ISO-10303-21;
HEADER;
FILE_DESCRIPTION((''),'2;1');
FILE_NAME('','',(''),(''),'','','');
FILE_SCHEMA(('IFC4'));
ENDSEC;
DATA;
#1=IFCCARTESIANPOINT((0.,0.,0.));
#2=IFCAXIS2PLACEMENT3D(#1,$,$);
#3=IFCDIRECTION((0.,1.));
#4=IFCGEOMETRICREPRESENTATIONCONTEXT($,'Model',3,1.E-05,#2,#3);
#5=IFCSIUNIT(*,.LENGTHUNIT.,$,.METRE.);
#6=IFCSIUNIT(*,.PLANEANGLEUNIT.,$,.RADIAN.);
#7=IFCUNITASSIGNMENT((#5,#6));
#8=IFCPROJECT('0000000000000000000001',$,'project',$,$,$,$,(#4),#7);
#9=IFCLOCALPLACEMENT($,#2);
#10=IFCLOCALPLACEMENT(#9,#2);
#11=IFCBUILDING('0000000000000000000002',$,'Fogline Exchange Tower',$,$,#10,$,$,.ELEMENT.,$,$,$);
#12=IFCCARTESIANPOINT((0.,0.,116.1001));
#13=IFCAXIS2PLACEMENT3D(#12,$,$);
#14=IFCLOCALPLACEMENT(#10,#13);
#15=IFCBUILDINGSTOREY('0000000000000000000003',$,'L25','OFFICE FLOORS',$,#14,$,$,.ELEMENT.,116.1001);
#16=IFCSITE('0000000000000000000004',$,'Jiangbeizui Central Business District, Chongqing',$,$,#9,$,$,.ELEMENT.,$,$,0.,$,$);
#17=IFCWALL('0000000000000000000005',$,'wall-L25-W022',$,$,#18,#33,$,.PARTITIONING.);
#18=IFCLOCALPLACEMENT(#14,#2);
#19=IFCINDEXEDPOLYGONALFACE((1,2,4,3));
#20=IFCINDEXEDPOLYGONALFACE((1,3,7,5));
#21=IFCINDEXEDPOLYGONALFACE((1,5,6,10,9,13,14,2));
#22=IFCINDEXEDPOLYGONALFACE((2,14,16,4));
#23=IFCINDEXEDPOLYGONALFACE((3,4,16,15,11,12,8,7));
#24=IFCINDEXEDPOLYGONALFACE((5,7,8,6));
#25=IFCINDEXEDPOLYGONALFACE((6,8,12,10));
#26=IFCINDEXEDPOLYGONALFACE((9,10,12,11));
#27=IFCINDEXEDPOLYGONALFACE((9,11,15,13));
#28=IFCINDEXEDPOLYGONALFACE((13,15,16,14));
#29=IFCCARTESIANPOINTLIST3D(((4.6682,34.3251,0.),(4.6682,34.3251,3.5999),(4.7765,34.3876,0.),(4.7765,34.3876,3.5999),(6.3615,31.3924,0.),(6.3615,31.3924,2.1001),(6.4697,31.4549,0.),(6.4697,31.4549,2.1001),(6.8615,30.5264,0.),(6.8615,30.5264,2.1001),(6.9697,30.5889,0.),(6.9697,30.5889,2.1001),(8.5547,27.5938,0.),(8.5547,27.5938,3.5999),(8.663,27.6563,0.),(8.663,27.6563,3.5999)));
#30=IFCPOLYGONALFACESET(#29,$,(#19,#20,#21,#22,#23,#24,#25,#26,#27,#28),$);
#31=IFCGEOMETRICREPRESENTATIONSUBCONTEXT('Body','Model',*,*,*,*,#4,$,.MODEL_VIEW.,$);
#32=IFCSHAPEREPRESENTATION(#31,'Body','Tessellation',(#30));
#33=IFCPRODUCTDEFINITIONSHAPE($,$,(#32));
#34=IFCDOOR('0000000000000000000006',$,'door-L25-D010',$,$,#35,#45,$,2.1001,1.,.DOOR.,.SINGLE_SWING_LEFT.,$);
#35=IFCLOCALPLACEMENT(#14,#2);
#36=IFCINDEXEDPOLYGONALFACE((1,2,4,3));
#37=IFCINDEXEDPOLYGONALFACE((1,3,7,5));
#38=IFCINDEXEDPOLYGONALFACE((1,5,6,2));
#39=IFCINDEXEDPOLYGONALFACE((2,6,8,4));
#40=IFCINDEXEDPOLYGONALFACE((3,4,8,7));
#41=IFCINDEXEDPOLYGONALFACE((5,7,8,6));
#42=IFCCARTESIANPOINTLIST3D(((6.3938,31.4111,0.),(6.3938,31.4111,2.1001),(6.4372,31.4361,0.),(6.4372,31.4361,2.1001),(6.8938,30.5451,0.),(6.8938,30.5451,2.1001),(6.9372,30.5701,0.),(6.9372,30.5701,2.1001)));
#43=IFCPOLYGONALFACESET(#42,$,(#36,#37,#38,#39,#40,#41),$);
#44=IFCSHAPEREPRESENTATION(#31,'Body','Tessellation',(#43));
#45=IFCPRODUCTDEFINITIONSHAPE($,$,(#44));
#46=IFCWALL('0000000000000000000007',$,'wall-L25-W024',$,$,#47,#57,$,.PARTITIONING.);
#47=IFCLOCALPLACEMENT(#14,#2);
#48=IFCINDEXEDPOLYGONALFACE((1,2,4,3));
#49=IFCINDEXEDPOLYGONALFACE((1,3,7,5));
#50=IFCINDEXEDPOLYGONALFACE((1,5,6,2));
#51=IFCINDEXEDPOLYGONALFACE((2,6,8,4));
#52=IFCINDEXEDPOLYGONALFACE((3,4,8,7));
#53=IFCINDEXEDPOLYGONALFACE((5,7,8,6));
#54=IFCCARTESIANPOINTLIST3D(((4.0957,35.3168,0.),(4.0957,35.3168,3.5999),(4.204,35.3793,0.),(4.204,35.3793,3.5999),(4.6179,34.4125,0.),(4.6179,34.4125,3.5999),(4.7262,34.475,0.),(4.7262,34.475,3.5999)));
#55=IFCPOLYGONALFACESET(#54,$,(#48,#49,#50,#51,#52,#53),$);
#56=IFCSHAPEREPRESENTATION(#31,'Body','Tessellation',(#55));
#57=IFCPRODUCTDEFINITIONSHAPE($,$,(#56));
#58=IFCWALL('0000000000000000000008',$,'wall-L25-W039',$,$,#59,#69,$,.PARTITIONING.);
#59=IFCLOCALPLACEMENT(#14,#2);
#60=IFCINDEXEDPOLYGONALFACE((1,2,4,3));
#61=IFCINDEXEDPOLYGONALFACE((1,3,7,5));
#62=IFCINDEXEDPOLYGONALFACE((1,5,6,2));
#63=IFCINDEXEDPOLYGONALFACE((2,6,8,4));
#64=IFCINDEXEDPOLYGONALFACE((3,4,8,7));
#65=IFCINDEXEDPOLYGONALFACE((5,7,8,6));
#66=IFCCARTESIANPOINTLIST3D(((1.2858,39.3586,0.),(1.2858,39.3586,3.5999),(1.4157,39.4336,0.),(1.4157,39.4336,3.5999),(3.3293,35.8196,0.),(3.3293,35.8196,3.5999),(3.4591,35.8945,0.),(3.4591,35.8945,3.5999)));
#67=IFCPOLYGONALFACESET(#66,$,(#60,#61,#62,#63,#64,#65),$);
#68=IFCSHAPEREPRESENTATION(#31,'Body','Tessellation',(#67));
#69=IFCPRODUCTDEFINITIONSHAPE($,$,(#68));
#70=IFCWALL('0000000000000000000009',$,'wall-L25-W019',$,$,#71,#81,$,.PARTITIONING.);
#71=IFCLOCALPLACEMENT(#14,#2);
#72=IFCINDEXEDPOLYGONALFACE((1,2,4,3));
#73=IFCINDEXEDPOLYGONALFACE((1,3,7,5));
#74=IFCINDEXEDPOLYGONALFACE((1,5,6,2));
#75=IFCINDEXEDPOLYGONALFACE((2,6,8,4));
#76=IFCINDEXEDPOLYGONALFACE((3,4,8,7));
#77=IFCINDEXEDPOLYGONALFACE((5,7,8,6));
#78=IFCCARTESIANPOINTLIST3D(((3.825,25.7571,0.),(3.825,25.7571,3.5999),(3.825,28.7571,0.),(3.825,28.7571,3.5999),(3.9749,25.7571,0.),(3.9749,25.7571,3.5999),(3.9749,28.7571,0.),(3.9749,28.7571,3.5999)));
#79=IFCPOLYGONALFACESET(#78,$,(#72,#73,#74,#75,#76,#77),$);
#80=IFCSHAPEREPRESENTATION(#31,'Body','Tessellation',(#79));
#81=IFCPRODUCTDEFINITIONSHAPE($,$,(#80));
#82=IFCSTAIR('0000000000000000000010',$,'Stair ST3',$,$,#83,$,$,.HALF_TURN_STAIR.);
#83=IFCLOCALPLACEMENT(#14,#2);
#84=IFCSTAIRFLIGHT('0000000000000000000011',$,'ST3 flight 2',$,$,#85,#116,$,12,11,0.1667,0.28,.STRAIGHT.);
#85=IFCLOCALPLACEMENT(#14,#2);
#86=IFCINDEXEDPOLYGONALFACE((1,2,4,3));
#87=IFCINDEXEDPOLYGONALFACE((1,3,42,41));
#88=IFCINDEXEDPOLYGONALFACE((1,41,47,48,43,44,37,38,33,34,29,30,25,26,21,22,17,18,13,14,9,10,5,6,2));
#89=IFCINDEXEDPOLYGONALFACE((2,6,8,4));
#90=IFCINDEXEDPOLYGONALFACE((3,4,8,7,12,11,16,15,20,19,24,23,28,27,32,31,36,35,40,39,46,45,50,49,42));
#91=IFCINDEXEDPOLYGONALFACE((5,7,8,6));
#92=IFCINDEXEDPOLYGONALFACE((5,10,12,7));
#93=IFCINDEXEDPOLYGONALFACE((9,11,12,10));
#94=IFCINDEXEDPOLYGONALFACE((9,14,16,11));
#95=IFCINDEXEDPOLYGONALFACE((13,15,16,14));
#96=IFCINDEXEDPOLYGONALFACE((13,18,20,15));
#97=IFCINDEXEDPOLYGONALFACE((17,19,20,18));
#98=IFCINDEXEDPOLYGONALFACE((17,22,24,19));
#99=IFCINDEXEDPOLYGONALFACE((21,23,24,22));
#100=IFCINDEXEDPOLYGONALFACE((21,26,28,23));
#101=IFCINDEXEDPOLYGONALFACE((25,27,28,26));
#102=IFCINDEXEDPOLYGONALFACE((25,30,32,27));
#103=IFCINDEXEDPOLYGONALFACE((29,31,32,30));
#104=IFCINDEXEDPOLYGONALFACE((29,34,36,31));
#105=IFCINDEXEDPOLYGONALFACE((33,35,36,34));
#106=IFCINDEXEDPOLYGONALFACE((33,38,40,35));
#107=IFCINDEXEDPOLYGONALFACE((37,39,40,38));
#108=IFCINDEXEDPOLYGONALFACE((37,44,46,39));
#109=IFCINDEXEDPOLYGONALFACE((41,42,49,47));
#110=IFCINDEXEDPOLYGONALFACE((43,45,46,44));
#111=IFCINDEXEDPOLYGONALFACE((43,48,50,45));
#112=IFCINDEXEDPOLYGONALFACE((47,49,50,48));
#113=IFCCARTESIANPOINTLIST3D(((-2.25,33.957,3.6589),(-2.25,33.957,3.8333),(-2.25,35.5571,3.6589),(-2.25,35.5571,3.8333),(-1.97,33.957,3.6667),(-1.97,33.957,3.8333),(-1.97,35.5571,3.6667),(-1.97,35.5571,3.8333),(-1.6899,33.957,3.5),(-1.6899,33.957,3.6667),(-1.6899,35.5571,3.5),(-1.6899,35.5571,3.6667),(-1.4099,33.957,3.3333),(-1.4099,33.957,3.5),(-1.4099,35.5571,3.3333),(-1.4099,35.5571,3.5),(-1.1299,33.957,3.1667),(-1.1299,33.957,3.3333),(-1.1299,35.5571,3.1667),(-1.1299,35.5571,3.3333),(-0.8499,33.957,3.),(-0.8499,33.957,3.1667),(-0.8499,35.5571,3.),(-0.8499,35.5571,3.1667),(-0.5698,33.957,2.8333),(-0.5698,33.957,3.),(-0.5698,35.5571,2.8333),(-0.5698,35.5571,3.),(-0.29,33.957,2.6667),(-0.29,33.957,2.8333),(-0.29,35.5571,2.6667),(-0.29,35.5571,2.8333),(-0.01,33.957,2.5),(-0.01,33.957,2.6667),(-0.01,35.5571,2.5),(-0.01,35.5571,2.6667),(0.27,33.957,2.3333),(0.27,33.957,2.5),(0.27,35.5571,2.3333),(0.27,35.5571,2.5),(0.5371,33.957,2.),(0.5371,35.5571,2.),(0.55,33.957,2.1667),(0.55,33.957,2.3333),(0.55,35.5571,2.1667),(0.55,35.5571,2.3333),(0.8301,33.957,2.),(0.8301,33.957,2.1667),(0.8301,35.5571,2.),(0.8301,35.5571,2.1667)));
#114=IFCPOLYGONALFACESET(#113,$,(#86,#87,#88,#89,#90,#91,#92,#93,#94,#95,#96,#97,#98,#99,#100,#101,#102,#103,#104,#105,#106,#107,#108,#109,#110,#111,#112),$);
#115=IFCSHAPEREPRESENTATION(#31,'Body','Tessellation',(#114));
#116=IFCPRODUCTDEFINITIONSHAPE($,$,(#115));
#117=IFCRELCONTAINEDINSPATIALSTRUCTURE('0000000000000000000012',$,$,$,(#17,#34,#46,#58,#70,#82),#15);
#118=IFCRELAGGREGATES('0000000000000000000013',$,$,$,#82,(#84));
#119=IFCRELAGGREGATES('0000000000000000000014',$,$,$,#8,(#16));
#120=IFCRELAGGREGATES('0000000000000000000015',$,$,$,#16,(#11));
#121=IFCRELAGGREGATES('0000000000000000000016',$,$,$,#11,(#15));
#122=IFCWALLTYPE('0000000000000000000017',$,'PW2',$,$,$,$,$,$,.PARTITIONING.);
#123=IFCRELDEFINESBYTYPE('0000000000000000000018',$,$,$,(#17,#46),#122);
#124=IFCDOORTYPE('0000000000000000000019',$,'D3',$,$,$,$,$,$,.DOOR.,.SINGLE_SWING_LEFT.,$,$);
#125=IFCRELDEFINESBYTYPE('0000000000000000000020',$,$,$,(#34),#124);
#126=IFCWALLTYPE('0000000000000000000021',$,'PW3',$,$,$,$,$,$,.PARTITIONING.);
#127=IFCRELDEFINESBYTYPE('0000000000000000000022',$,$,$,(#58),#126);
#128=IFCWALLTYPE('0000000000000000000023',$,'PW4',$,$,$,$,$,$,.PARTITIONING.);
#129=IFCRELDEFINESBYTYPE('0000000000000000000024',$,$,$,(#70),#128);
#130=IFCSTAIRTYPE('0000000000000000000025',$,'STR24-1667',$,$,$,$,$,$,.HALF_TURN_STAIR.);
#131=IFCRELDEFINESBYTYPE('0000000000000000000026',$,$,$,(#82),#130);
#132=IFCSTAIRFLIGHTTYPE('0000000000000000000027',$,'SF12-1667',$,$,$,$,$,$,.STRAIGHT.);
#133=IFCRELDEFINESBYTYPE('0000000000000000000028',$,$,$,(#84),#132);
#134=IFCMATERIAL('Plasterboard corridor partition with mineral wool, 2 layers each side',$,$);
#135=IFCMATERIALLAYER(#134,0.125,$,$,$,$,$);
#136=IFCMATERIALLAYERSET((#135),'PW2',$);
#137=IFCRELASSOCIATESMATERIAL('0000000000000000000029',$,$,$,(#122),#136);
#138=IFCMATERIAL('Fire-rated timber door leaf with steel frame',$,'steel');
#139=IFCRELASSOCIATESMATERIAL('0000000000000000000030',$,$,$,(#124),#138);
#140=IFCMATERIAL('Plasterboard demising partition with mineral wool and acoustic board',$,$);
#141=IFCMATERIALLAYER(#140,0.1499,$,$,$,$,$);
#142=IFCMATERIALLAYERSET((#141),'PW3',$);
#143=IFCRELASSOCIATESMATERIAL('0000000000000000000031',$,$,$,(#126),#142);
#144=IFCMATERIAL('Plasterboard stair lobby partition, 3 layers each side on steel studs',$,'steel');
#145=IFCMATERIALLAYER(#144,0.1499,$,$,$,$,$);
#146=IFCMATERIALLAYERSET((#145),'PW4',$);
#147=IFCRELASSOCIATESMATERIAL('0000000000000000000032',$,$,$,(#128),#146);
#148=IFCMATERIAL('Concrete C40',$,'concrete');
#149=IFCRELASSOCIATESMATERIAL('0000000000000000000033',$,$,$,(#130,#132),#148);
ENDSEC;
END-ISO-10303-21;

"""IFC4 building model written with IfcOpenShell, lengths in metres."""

from ifc_helpers import new_model, si_unit, direction, frame, frame_2d, origin, place, context, subcontext, project, spatial, polyline, rectangle, outline, extrude, material, layer, layer_set, type_object, element, fill, aggregate, save


model = new_model("IFC4")

# Units and contexts
model_context = context("Model", 3, precision=1e-05, world=origin(), true_north=direction((0.0, 1.0)))
body_context = subcontext(model_context, "Body", "Model", "MODEL_VIEW")
ifc_project = project(units=[si_unit("LENGTHUNIT", "METRE"), si_unit("PLANEANGLEUNIT", "RADIAN")], contexts=[model_context])

# Site, building, storey
site_placement = place(None, origin())
site = spatial("IfcSite", under=ifc_project, at=site_placement, Name="Jiangbeizui Central Business District, Chongqing", CompositionType="ELEMENT", RefElevation=0.0)
building_placement = place(site_placement, origin())
building = spatial("IfcBuilding", under=site, at=building_placement, Name="Fogline Exchange Tower", CompositionType="ELEMENT")
storey_placement = place(building_placement, frame((0.0, 0.0, 116.1001)))
storey = spatial("IfcBuildingStorey", under=building, at=storey_placement, Name="L25", Description="OFFICE FLOORS", CompositionType="ELEMENT", Elevation=116.1001)

# Shared definitions
ifc_material_1 = material(Name="Concrete C40", Category="concrete")

# Wall, opening, door
ifc_material_2 = material(Name="Plasterboard corridor partition with mineral wool, 2 layers each side")
ifc_layer_1 = layer(ifc_material_2, 0.125)
ifc_layer_set_1 = layer_set([ifc_layer_1], Name="PW2")
wall_type_1 = type_object("IfcWallType", Name="PW2", PredefinedType="PARTITIONING", material=ifc_layer_set_1)
wall_1_placement = place(storey_placement, frame((4.7224, 34.3562, 0.0), z_axis=(0.0, 0.0, 1.0), x_axis=(0.500021, -0.866013, 0.0)))
wall_1 = element("IfcWall", 1, at=wall_1_placement, inside=storey, type_object=wall_type_1, Name="wall-L25-W022", PredefinedType="PARTITIONING", context=body_context, shape_type="SweptSolid", body=[
    extrude(rectangle(XDim=7.7727, YDim=0.125, at=frame_2d((3.8862, 0.0))), origin(), (0.0, 0.0, 1.0), 3.5999),
])
opening_1_placement = place(wall_1_placement, frame((3.3862, 0.0, 0.0)))
opening_1 = element("IfcOpeningElement", 2, at=opening_1_placement, cuts=wall_1, PredefinedType="OPENING", context=body_context, shape_type="SweptSolid", body=[
    extrude(rectangle(XDim=1.0, YDim=2.1001, at=frame_2d((0.5, 1.05))), frame((0.0, 0.0725, 0.0), z_axis=(0.0, -1.0, 0.0), x_axis=(1.0, 0.0, 0.0)), (0.0, 0.0, 1.0), 0.145),
])
ifc_material_3 = material(Name="Fire-rated timber door leaf with steel frame", Category="steel")
door_type_1 = type_object("IfcDoorType", Name="D3", OperationType="SINGLE_SWING_LEFT", PredefinedType="DOOR", material=ifc_material_3)
door_1_placement = place(opening_1_placement, origin())
door_1 = element("IfcDoor", 3, at=door_1_placement, inside=storey, type_object=door_type_1, Name="door-L25-D010", OperationType="SINGLE_SWING_LEFT", OverallHeight=2.1001, OverallWidth=1.0, PredefinedType="DOOR", context=body_context, shape_type="SweptSolid", body=[
    extrude(rectangle(XDim=1.0, YDim=2.1001, at=frame_2d((0.5, 1.05))), frame((0.0, 0.0249, 0.0), z_axis=(0.0, -1.0, 0.0), x_axis=(1.0, 0.0, 0.0)), (0.0, 0.0, 1.0), 0.05),
])
fill(opening_1, door_1)

# Walls
wall_2_placement = place(storey_placement, frame((4.1499, 35.3479, 0.0), z_axis=(0.0, 0.0, 1.0), x_axis=(0.500087, -0.865975, 0.0)))
element("IfcWall", 4, at=wall_2_placement, inside=storey, type_object=wall_type_1, Name="wall-L25-W024", PredefinedType="PARTITIONING", context=body_context, shape_type="SweptSolid", body=[
    extrude(rectangle(XDim=1.0442, YDim=0.125, at=frame_2d((0.522, 0.0))), origin(), (0.0, 0.0, 1.0), 3.5999),
])
ifc_material_4 = material(Name="Plasterboard demising partition with mineral wool and acoustic board")
ifc_layer_2 = layer(ifc_material_4, 0.1499)
ifc_layer_set_2 = layer_set([ifc_layer_2], Name="PW3")
wall_type_2 = type_object("IfcWallType", Name="PW3", PredefinedType="PARTITIONING", material=ifc_layer_set_2)
wall_3_placement = place(storey_placement, frame((3.3943, 35.8569, 0.0), z_axis=(0.0, 0.0, 1.0), x_axis=(-0.500033, 0.866007, 0.0)))
element("IfcWall", 5, at=wall_3_placement, inside=storey, type_object=wall_type_2, Name="wall-L25-W039", PredefinedType="PARTITIONING", context=body_context, shape_type="SweptSolid", body=[
    extrude(rectangle(XDim=4.0867, YDim=0.1499, at=frame_2d((2.0435, 0.0))), origin(), (0.0, 0.0, 1.0), 3.5999),
])
ifc_material_5 = material(Name="Plasterboard stair lobby partition, 3 layers each side on steel studs", Category="steel")
ifc_layer_3 = layer(ifc_material_5, 0.1499)
ifc_layer_set_3 = layer_set([ifc_layer_3], Name="PW4")
wall_type_3 = type_object("IfcWallType", Name="PW4", PredefinedType="PARTITIONING", material=ifc_layer_set_3)
wall_4_placement = place(storey_placement, frame((3.8999, 28.7571, 0.0), z_axis=(0.0, 0.0, 1.0), x_axis=(0.0, -1.0, 0.0)))
element("IfcWall", 6, at=wall_4_placement, inside=storey, type_object=wall_type_3, Name="wall-L25-W019", PredefinedType="PARTITIONING", context=body_context, shape_type="SweptSolid", body=[
    extrude(rectangle(XDim=3.0, YDim=0.1499, at=frame_2d((1.5, 0.0))), origin(), (0.0, 0.0, 1.0), 3.5999),
])

# Stair, stair flight
stair_type = type_object("IfcStairType", Name="STR24-1667", PredefinedType="HALF_TURN_STAIR", material=ifc_material_1)
stair_placement = place(storey_placement, origin())
stair = element("IfcStair", 7, at=stair_placement, inside=storey, type_object=stair_type, Name="Stair ST3", PredefinedType="HALF_TURN_STAIR")
stair_flight_type = type_object("IfcStairFlightType", Name="SF12-1667", PredefinedType="STRAIGHT", material=ifc_material_1)
stair_flight_placement = place(storey_placement, frame((0.8301, 34.7571, 2.0), z_axis=(0.0, 0.0, 1.0), x_axis=(-1.0, 0.0, 0.0)))
stair_flight = element("IfcStairFlight", 8, at=stair_flight_placement, type_object=stair_flight_type, Name="ST3 flight 2", NumberOfRisers=12, NumberOfTreads=11, PredefinedType="STRAIGHT", RiserHeight=0.1667, TreadLength=0.28, context=body_context, shape_type="SweptSolid", body=[
    extrude(outline(polyline([(0.0, 0.0), (0.0, 0.1667), (0.28, 0.1667), (0.28, 0.3333), (0.5601, 0.3333), (0.5601, 0.5), (0.8401, 0.5), (0.8401, 0.6667), (1.1201, 0.6667), (1.1201, 0.8333), (1.3999, 0.8333), (1.3999, 1.0), (1.6799, 1.0), (1.6799, 1.1667), (1.96, 1.1667), (1.96, 1.3333), (2.24, 1.3333), (2.24, 1.5), (2.52, 1.5), (2.52, 1.6667), (2.8, 1.6667), (2.8, 1.8333), (3.0801, 1.8333), (3.0801, 2.0), (3.0801, 1.6589), (0.293, 0.0), (0.0, 0.0)])), frame((0.0, 0.8, 0.0), z_axis=(0.0, -1.0, 0.0), x_axis=(1.0, 0.0, 0.0)), (0.0, 0.0, 1.0), 1.6001),
])
aggregate(stair, [stair_flight])

save(model, "model.ifc")
